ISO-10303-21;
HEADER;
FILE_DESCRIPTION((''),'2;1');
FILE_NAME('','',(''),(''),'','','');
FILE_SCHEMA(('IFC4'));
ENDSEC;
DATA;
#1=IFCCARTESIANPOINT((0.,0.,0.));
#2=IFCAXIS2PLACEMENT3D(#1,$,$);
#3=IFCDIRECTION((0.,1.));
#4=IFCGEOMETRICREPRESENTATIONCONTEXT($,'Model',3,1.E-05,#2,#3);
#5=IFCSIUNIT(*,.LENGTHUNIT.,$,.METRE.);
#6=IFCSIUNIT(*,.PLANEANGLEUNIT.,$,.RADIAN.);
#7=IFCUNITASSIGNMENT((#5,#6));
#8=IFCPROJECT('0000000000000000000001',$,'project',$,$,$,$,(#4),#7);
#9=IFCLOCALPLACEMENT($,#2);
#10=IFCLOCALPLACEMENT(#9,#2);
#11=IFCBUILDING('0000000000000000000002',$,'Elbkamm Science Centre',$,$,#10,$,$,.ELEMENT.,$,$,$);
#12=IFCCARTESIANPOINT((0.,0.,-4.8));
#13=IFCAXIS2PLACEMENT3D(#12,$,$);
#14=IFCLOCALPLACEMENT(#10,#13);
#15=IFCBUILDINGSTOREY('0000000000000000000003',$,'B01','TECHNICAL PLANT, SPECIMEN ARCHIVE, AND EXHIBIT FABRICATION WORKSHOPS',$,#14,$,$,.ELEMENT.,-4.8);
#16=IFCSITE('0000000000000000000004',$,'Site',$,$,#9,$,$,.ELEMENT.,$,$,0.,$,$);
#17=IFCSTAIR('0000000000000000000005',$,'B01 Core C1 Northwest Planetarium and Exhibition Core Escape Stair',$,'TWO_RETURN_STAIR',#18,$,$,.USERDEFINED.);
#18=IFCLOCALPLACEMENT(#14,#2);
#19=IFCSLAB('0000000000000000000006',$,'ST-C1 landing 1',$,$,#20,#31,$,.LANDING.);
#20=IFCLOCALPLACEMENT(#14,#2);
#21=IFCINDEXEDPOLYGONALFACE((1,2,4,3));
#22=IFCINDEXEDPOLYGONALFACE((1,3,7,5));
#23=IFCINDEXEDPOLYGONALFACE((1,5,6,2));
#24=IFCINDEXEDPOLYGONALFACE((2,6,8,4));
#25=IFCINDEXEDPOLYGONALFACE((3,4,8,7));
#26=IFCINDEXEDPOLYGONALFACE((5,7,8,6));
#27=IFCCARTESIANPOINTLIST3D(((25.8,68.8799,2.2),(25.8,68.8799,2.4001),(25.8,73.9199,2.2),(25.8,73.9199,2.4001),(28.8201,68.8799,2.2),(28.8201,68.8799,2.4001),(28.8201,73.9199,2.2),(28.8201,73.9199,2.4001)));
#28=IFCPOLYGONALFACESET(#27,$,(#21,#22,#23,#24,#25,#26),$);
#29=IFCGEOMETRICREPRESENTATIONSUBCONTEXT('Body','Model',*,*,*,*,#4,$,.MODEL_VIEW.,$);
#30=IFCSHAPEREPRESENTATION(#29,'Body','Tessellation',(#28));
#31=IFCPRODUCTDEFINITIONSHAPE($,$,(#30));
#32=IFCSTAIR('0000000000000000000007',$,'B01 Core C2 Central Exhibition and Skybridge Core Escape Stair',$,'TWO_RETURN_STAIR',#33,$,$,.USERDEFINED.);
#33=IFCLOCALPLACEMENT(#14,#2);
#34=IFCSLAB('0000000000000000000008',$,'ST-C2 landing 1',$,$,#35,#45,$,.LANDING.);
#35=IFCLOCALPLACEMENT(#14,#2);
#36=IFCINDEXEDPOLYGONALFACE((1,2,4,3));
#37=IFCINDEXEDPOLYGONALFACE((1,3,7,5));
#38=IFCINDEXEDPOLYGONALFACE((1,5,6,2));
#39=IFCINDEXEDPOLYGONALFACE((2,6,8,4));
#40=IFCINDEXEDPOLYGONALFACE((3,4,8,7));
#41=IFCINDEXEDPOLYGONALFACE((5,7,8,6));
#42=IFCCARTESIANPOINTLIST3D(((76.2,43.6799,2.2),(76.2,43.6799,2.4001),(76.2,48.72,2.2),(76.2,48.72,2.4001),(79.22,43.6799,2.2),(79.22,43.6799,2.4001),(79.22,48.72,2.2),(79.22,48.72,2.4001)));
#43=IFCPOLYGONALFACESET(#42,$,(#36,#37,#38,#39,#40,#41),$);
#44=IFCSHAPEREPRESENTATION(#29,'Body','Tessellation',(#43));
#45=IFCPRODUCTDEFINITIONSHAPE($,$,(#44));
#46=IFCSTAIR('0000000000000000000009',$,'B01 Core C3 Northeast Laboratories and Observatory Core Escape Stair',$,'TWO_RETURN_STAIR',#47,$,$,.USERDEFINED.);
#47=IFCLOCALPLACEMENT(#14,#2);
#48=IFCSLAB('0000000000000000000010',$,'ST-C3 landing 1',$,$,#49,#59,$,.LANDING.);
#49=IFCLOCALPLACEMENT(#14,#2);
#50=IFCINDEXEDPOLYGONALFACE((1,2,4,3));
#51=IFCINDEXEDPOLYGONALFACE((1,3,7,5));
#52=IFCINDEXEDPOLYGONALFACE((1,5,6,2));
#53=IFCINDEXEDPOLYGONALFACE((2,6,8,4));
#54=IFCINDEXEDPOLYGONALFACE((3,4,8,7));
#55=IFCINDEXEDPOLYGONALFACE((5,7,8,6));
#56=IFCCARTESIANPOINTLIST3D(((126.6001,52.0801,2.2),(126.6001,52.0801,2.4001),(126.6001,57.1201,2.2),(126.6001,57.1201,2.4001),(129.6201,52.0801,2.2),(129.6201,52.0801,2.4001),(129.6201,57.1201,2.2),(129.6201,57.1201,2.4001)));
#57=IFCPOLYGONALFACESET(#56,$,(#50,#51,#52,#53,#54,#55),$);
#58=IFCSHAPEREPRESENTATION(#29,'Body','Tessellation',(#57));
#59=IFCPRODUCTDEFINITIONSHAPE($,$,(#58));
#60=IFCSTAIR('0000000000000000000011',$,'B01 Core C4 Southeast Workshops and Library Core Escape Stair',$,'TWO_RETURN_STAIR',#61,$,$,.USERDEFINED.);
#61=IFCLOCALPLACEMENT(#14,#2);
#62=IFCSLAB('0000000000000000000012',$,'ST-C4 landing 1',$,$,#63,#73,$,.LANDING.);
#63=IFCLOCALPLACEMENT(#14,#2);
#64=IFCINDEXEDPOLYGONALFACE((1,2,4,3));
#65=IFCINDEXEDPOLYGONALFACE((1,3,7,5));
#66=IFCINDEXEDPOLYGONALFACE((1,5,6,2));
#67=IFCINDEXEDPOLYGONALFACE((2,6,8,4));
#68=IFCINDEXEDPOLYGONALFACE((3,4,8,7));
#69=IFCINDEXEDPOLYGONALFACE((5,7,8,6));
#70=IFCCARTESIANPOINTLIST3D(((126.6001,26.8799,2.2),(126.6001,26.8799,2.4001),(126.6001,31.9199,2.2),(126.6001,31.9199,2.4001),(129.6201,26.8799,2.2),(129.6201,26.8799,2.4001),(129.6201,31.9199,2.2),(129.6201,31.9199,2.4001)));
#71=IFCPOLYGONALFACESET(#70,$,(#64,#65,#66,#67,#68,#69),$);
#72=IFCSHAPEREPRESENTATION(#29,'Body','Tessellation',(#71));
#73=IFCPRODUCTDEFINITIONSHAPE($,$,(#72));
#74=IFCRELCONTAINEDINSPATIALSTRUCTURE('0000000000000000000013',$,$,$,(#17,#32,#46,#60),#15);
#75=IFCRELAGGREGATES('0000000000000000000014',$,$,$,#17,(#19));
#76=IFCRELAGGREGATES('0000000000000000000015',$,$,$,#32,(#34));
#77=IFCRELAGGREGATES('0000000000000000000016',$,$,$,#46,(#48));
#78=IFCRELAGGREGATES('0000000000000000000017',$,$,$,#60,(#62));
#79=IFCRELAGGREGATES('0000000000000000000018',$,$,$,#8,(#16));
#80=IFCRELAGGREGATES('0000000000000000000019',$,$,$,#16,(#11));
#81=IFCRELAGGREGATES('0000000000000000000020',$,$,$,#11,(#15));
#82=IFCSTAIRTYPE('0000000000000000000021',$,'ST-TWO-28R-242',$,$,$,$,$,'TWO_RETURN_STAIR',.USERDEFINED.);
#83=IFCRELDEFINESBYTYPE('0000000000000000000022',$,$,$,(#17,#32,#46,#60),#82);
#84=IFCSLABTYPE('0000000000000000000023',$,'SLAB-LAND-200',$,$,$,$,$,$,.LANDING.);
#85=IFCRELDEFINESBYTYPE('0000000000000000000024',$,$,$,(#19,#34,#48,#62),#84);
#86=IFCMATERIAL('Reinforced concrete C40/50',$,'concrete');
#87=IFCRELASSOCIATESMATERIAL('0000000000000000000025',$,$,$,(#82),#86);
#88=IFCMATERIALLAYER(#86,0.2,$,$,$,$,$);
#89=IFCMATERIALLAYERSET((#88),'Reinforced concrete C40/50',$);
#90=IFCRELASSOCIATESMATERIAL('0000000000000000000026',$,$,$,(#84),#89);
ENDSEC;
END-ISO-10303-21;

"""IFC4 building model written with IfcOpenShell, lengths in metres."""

from ifc_helpers import new_model, si_unit, direction, frame, origin, place, context, subcontext, project, spatial, polyline, outline, extrude, material, layer, layer_set, type_object, element, aggregate, save


model = new_model("IFC4")

# Units and contexts
model_context = context("Model", 3, precision=1e-05, world=origin(), true_north=direction((0.0, 1.0)))
body_context = subcontext(model_context, "Body", "Model", "MODEL_VIEW")
ifc_project = project(units=[si_unit("LENGTHUNIT", "METRE"), si_unit("PLANEANGLEUNIT", "RADIAN")], contexts=[model_context])

# Site, building, storey
site_placement = place(None, origin())
site = spatial("IfcSite", under=ifc_project, at=site_placement, Name="Site", CompositionType="ELEMENT", RefElevation=0.0)
building_placement = place(site_placement, origin())
building = spatial("IfcBuilding", under=site, at=building_placement, Name="Elbkamm Science Centre", CompositionType="ELEMENT")
storey_placement = place(building_placement, frame((0.0, 0.0, -4.8)))
storey = spatial("IfcBuildingStorey", under=building, at=storey_placement, Name="B01", Description="TECHNICAL PLANT, SPECIMEN ARCHIVE, AND EXHIBIT FABRICATION WORKSHOPS", CompositionType="ELEMENT", Elevation=-4.8)

# Stairs, slabs
ifc_material_1 = material(Name="Reinforced concrete C40/50", Category="concrete")
stair_type = type_object("IfcStairType", Name="ST-TWO-28R-242", ElementType="TWO_RETURN_STAIR", PredefinedType="USERDEFINED", material=ifc_material_1)
stair_1_placement = place(storey_placement, origin())
stair_1 = element("IfcStair", 1, at=stair_1_placement, inside=storey, type_object=stair_type, Name="B01 Core C1 Northwest Planetarium and Exhibition Core Escape Stair", ObjectType="TWO_RETURN_STAIR", PredefinedType="USERDEFINED")
ifc_layer_1 = layer(ifc_material_1, 0.2)
ifc_layer_set_1 = layer_set([ifc_layer_1], Name="Reinforced concrete C40/50")
slab_type_1 = type_object("IfcSlabType", Name="SLAB-LAND-200", PredefinedType="LANDING", material=ifc_layer_set_1)
slab_1_placement = place(storey_placement, frame((0.0, 0.0, 2.2)))
slab_1 = element("IfcSlab", 2, at=slab_1_placement, type_object=slab_type_1, Name="ST-C1 landing 1", PredefinedType="LANDING", context=body_context, shape_type="SweptSolid", body=[
    extrude(outline(polyline([(28.8201, 73.9199), (25.8, 73.9199), (25.8, 68.8799), (28.8201, 68.8799), (28.8201, 73.9199)])), origin(), (0.0, 0.0, 1.0), 0.2002),
])
aggregate(stair_1, [slab_1])
stair_2_placement = place(storey_placement, origin())
stair_2 = element("IfcStair", 3, at=stair_2_placement, inside=storey, type_object=stair_type, Name="B01 Core C2 Central Exhibition and Skybridge Core Escape Stair", ObjectType="TWO_RETURN_STAIR", PredefinedType="USERDEFINED")
slab_2_placement = place(storey_placement, frame((0.0, 0.0, 2.2)))
slab_2 = element("IfcSlab", 4, at=slab_2_placement, type_object=slab_type_1, Name="ST-C2 landing 1", PredefinedType="LANDING", context=body_context, shape_type="SweptSolid", body=[
    extrude(outline(polyline([(79.22, 48.72), (76.2, 48.72), (76.2, 43.6799), (79.22, 43.6799), (79.22, 48.72)])), origin(), (0.0, 0.0, 1.0), 0.2002),
])
aggregate(stair_2, [slab_2])
stair_3_placement = place(storey_placement, origin())
stair_3 = element("IfcStair", 5, at=stair_3_placement, inside=storey, type_object=stair_type, Name="B01 Core C3 Northeast Laboratories and Observatory Core Escape Stair", ObjectType="TWO_RETURN_STAIR", PredefinedType="USERDEFINED")
slab_3_placement = place(storey_placement, frame((0.0, 0.0, 2.2)))
slab_3 = element("IfcSlab", 6, at=slab_3_placement, type_object=slab_type_1, Name="ST-C3 landing 1", PredefinedType="LANDING", context=body_context, shape_type="SweptSolid", body=[
    extrude(outline(polyline([(129.6201, 57.1201), (126.6001, 57.1201), (126.6001, 52.0801), (129.6201, 52.0801), (129.6201, 57.1201)])), origin(), (0.0, 0.0, 1.0), 0.2002),
])
aggregate(stair_3, [slab_3])
stair_4_placement = place(storey_placement, origin())
stair_4 = element("IfcStair", 7, at=stair_4_placement, inside=storey, type_object=stair_type, Name="B01 Core C4 Southeast Workshops and Library Core Escape Stair", ObjectType="TWO_RETURN_STAIR", PredefinedType="USERDEFINED")
slab_4_placement = place(storey_placement, frame((0.0, 0.0, 2.2)))
slab_4 = element("IfcSlab", 8, at=slab_4_placement, type_object=slab_type_1, Name="ST-C4 landing 1", PredefinedType="LANDING", context=body_context, shape_type="SweptSolid", body=[
    extrude(outline(polyline([(129.6201, 31.9199), (126.6001, 31.9199), (126.6001, 26.8799), (129.6201, 26.8799), (129.6201, 31.9199)])), origin(), (0.0, 0.0, 1.0), 0.2002),
])
aggregate(stair_4, [slab_4])

save(model, "model.ifc")
